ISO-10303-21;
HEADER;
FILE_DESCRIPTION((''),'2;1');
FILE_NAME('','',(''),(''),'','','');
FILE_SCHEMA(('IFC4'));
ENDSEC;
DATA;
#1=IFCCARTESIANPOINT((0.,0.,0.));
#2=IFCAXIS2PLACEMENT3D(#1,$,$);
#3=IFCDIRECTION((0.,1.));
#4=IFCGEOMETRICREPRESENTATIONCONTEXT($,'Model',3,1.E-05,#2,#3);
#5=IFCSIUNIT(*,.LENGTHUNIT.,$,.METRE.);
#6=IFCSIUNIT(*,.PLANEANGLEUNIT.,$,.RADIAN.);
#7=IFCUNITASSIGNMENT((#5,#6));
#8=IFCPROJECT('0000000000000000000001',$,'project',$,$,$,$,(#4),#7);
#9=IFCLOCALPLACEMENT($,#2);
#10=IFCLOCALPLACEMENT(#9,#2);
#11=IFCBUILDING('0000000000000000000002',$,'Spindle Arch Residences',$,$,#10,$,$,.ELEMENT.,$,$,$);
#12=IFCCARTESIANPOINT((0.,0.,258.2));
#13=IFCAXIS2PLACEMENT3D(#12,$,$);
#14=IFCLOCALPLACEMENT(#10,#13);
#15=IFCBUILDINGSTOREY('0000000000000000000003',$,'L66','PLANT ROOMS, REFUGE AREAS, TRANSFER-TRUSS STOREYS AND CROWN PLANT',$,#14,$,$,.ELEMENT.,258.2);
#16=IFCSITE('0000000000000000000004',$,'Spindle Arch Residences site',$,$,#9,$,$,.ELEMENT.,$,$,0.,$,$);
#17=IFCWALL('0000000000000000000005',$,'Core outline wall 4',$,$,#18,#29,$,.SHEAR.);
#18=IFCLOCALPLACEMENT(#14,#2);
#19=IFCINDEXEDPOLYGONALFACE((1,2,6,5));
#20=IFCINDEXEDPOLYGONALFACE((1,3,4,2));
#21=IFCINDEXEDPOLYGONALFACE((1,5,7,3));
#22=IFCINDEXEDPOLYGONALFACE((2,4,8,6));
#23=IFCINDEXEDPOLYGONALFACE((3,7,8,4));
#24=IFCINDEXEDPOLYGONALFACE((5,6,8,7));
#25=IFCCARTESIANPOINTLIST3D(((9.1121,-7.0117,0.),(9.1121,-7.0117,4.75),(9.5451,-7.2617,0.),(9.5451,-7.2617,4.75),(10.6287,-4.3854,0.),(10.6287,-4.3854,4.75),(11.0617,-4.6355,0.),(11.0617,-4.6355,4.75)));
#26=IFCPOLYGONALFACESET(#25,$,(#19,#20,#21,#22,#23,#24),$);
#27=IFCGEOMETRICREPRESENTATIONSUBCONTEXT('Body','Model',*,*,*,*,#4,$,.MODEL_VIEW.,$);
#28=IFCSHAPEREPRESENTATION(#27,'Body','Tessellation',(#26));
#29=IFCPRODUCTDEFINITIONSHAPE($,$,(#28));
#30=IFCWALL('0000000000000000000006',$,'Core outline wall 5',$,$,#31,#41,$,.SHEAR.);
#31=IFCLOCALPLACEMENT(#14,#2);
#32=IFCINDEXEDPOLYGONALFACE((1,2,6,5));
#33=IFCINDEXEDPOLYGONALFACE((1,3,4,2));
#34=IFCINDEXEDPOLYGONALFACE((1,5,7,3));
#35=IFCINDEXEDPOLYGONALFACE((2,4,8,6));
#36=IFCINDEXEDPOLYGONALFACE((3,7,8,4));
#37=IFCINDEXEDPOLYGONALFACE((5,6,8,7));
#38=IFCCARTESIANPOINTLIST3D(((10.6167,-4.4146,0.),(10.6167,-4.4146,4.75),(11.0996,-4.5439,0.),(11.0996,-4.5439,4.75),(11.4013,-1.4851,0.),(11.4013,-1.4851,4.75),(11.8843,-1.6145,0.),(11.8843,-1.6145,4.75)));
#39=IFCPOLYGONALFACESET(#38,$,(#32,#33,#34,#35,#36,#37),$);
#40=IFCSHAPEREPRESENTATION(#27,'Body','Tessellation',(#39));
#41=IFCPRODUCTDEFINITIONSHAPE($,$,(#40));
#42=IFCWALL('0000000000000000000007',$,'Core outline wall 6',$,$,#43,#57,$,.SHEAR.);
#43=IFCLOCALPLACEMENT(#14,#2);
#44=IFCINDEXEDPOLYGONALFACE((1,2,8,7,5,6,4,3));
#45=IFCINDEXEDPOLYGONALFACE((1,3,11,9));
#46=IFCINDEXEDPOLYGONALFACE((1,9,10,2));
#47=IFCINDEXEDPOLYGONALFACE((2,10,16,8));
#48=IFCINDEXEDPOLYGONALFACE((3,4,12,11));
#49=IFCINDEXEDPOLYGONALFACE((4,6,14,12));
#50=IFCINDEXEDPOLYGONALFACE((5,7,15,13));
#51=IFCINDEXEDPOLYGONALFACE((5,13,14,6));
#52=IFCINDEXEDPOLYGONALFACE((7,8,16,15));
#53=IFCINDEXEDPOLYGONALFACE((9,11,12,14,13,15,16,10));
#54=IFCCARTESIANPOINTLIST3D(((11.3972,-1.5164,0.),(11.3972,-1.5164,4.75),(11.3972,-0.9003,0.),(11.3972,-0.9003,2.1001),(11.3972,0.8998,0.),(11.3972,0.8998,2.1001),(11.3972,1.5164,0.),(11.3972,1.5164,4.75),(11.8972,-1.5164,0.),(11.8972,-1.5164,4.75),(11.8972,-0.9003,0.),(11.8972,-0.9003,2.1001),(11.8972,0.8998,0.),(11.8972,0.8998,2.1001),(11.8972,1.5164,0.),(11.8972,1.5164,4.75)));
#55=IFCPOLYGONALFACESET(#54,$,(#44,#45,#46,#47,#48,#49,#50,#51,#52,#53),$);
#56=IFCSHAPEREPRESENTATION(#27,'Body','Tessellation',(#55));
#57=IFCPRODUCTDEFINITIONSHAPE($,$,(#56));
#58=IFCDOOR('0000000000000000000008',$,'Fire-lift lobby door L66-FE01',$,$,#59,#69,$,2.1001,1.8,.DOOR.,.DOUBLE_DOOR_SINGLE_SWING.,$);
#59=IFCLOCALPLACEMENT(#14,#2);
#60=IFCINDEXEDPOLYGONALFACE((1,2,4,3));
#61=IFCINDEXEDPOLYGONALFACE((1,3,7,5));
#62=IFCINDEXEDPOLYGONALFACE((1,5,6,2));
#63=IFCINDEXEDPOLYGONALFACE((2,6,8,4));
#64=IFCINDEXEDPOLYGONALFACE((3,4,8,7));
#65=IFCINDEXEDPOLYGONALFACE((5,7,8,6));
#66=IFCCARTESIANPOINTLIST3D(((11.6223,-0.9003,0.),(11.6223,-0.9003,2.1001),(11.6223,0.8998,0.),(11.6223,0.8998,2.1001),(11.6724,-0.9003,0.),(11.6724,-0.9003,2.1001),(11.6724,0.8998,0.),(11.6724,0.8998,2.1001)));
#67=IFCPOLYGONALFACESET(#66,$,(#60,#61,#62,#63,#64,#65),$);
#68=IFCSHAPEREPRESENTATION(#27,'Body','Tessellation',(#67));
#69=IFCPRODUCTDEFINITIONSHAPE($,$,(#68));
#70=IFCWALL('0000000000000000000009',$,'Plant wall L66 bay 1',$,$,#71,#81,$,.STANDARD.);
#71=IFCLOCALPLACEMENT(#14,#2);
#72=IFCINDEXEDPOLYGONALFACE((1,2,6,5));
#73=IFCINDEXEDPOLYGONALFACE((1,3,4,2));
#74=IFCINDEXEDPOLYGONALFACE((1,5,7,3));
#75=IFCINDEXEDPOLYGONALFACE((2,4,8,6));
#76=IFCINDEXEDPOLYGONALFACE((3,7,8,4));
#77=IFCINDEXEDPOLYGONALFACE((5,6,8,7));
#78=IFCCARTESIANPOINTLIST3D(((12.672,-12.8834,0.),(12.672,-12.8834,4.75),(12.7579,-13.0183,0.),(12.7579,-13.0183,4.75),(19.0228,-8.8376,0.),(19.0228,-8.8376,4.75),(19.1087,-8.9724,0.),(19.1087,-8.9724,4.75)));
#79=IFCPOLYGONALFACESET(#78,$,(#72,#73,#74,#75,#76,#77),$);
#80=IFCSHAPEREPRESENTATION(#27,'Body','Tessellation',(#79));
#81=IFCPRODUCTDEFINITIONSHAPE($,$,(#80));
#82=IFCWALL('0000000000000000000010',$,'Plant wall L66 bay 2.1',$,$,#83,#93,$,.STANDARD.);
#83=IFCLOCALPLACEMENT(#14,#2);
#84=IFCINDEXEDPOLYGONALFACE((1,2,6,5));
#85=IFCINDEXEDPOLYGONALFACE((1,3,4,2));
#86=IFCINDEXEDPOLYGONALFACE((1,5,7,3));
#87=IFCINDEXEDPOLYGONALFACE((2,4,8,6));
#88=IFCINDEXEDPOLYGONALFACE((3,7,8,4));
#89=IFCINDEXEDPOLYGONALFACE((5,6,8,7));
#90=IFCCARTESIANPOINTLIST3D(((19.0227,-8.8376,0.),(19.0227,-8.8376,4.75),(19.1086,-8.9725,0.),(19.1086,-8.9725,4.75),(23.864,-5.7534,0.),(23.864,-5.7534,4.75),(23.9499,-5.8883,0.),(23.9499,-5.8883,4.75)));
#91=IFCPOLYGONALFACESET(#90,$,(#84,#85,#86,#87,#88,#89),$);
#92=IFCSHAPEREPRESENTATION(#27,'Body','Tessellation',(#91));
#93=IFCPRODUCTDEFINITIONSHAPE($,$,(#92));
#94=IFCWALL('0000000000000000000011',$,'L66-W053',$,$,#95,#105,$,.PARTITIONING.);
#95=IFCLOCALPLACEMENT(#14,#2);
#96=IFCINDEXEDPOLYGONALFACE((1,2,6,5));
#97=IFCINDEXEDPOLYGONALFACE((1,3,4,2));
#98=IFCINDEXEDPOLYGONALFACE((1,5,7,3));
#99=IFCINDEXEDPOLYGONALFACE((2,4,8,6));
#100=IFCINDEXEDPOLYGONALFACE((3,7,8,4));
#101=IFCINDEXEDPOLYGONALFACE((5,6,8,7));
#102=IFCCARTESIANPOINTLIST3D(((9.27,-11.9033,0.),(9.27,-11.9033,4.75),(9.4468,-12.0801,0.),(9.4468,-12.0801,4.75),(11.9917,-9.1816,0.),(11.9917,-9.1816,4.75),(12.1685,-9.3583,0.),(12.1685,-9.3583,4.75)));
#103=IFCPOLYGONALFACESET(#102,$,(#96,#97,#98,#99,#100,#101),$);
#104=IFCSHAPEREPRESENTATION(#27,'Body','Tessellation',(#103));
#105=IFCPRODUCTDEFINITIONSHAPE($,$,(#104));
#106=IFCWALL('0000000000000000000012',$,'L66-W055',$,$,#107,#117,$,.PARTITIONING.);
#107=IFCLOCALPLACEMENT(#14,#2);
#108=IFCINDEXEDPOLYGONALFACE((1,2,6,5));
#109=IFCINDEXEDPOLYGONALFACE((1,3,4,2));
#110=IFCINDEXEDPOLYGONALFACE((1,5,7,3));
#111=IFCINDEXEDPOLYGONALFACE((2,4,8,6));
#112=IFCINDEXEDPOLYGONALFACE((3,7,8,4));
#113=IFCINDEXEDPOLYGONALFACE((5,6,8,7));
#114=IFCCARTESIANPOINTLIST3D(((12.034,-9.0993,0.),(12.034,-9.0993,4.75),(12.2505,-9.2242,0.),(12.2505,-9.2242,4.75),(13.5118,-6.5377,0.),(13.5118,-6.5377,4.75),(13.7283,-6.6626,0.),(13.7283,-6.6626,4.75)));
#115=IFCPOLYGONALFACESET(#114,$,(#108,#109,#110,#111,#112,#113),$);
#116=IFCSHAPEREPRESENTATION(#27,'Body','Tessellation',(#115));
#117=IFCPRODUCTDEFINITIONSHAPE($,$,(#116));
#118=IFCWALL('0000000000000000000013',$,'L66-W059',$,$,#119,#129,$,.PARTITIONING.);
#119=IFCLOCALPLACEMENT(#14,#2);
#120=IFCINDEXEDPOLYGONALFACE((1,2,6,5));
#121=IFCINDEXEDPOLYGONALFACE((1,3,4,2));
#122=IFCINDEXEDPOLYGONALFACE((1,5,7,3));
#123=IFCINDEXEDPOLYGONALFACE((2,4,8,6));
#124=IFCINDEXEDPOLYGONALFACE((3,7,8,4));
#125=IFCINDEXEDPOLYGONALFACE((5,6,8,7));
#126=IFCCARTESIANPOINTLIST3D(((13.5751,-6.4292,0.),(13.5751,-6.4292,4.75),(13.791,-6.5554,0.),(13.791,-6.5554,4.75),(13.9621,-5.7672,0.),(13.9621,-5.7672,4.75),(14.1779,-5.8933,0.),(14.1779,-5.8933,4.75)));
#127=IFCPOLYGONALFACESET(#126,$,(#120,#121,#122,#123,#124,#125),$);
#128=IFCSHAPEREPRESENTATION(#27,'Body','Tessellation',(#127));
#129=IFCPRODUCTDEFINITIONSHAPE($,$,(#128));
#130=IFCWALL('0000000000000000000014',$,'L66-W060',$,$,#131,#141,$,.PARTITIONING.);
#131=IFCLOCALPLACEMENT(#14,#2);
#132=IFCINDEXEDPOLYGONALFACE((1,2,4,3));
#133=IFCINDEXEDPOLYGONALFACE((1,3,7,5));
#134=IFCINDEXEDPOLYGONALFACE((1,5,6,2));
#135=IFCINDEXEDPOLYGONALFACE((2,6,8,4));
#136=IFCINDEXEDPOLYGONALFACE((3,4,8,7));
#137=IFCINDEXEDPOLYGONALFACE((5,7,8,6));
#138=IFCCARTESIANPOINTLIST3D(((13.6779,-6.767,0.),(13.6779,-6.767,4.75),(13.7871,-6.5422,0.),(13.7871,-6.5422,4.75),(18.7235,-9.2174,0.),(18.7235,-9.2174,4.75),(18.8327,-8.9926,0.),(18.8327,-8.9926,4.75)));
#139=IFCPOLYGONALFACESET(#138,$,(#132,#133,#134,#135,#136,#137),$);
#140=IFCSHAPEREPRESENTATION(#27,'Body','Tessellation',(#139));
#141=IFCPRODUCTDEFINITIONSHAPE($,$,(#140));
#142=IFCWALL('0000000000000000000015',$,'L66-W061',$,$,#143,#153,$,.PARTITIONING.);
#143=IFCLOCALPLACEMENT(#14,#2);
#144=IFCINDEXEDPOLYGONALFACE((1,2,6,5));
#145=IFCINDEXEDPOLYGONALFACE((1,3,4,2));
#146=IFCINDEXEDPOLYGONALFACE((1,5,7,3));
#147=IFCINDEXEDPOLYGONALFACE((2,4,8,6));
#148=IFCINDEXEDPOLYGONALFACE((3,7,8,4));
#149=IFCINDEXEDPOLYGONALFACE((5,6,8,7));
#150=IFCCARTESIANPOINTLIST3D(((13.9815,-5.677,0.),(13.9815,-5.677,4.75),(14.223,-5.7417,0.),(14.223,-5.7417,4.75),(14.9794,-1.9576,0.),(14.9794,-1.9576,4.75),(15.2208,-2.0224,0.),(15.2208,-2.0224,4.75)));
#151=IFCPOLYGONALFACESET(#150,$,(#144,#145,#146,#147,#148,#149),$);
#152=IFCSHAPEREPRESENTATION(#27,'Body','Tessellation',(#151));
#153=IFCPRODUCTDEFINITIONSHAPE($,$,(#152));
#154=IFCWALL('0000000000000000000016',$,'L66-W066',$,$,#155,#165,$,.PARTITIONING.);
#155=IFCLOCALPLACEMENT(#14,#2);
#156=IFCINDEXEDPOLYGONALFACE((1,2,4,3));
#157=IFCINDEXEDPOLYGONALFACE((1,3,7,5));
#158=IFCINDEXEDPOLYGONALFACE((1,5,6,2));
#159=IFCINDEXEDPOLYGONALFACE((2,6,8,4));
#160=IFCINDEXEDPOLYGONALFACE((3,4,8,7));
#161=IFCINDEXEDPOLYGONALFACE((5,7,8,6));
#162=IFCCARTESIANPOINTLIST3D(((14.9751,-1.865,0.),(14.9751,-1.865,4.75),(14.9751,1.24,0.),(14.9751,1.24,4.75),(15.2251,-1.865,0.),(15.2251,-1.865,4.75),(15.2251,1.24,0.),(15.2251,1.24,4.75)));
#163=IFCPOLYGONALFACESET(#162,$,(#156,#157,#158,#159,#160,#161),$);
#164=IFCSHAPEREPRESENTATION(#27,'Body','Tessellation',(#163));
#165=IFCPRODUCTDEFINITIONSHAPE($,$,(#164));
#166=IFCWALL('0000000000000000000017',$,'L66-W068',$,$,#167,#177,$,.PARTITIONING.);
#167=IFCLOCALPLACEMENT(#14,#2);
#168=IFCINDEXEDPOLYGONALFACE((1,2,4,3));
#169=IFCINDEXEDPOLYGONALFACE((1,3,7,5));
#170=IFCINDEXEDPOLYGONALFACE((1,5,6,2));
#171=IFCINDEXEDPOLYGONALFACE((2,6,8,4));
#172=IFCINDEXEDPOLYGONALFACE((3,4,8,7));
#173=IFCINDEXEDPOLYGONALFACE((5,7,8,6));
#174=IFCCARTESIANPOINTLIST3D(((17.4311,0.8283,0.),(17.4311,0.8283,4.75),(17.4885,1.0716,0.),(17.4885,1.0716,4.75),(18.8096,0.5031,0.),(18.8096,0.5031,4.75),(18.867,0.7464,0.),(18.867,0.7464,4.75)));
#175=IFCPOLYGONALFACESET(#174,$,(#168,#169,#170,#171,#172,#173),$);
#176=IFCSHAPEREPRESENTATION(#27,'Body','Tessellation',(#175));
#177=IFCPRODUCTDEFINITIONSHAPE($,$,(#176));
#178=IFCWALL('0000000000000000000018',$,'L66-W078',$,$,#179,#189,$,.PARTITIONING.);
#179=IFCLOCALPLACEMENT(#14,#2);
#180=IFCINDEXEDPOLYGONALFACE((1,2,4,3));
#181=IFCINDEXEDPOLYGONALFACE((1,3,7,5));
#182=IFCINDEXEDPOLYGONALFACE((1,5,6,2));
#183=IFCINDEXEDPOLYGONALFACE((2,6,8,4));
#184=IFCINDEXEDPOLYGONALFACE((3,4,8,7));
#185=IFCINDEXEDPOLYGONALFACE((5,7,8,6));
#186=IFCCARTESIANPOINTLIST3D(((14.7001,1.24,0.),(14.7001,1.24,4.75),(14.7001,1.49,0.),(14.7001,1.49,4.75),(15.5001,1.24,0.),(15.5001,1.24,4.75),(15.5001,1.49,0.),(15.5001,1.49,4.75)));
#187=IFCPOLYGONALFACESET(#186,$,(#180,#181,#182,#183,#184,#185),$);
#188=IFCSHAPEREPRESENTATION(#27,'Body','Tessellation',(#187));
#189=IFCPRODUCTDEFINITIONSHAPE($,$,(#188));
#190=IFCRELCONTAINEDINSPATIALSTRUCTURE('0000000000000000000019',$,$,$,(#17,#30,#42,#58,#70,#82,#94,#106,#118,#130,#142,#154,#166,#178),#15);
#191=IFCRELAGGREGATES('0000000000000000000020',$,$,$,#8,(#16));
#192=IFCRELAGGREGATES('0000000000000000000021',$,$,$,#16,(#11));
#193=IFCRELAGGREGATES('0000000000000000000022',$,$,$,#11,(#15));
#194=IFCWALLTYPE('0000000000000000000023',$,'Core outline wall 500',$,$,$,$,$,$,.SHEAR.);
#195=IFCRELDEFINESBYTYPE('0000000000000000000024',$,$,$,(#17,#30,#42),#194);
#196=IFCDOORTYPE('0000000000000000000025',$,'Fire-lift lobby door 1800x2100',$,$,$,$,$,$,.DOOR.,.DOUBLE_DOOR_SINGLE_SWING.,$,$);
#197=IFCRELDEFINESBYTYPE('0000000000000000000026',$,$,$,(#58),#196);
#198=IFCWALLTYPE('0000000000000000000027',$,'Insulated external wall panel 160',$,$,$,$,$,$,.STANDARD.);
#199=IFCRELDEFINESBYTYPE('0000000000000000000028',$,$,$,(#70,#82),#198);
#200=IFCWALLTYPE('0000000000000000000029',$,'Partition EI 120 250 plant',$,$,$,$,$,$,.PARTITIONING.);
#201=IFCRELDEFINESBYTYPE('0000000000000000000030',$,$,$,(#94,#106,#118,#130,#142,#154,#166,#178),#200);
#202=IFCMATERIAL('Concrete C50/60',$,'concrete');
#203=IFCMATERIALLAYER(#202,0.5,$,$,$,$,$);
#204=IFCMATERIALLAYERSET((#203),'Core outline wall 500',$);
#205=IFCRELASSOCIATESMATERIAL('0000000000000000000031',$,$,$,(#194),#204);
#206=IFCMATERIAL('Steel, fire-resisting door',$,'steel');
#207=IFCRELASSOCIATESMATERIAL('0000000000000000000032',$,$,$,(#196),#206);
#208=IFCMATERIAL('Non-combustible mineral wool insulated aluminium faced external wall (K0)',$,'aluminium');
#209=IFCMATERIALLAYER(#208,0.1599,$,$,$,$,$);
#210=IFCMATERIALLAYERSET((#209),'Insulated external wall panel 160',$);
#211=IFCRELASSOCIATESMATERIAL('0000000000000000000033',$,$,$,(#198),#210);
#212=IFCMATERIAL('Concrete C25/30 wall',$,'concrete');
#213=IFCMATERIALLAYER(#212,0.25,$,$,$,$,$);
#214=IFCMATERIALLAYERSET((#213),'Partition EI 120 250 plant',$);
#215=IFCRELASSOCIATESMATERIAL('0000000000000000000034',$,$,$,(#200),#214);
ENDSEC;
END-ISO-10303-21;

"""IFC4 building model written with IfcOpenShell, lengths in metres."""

from ifc_helpers import new_model, si_unit, direction, frame, frame_2d, origin, place, context, subcontext, project, spatial, rectangle, extrude, material, layer, layer_set, type_object, element, fill, save


model = new_model("IFC4")

# Units and contexts
model_context = context("Model", 3, precision=1e-05, world=origin(), true_north=direction((0.0, 1.0)))
body_context = subcontext(model_context, "Body", "Model", "MODEL_VIEW")
ifc_project = project(units=[si_unit("LENGTHUNIT", "METRE"), si_unit("PLANEANGLEUNIT", "RADIAN")], contexts=[model_context])

# Site, building, storey
site_placement = place(None, origin())
site = spatial("IfcSite", under=ifc_project, at=site_placement, Name="Spindle Arch Residences site", CompositionType="ELEMENT", RefElevation=0.0)
building_placement = place(site_placement, origin())
building = spatial("IfcBuilding", under=site, at=building_placement, Name="Spindle Arch Residences", CompositionType="ELEMENT")
storey_placement = place(building_placement, frame((0.0, 0.0, 258.2)))
storey = spatial("IfcBuildingStorey", under=building, at=storey_placement, Name="L66", Description="PLANT ROOMS, REFUGE AREAS, TRANSFER-TRUSS STOREYS AND CROWN PLANT", CompositionType="ELEMENT", Elevation=258.2)

# Walls
ifc_material_1 = material(Name="Concrete C50/60", Category="concrete")
ifc_layer_1 = layer(ifc_material_1, 0.5)
ifc_layer_set_1 = layer_set([ifc_layer_1], Name="Core outline wall 500")
wall_type_1 = type_object("IfcWallType", Name="Core outline wall 500", PredefinedType="SHEAR", material=ifc_layer_set_1)
for number, where, z_axis, x_axis, name in (
    (1, (9.3286, -7.1367, 0.0), (0.0, 0.0, 1.0), (0.500087, 0.865975, 0.0), "Core outline wall 4"),
    (2, (10.8582, -4.4792, 0.0), (0.0, 0.0, 1.0), (0.258735, 0.965948, 0.0), "Core outline wall 5"),
):
    element("IfcWall", number, at=place(storey_placement, frame(where, z_axis=z_axis, x_axis=x_axis)), inside=storey, type_object=wall_type_1, Name=name, PredefinedType="SHEAR", context=body_context, shape_type="SweptSolid", body=[
        extrude(rectangle(XDim=3.0327, YDim=0.5, at=frame_2d((1.5164, 0.0))), origin(), (0.0, 0.0, 1.0), 4.75),
    ])

# Wall, opening, door
wall_1_placement = place(storey_placement, frame((11.6472, -1.5164, 0.0), z_axis=(0.0, 0.0, 1.0), x_axis=(0.0, 1.0, 0.0)))
wall_1 = element("IfcWall", 3, at=wall_1_placement, inside=storey, type_object=wall_type_1, Name="Core outline wall 6", PredefinedType="SHEAR", context=body_context, shape_type="SweptSolid", body=[
    extrude(rectangle(XDim=3.0327, YDim=0.5, at=frame_2d((1.5164, 0.0))), origin(), (0.0, 0.0, 1.0), 4.75),
])
opening_placement = place(wall_1_placement, frame((0.6162, 0.0, 0.0)))
opening = element("IfcOpeningElement", 4, at=opening_placement, cuts=wall_1, PredefinedType="OPENING", context=body_context, shape_type="SweptSolid", body=[
    extrude(rectangle(XDim=1.8, YDim=2.1001, at=frame_2d((0.8999, 1.05))), frame((0.0, 0.26, 0.0), z_axis=(0.0, -1.0, 0.0), x_axis=(1.0, 0.0, 0.0)), (0.0, 0.0, 1.0), 0.52),
])
ifc_material_2 = material(Name="Steel, fire-resisting door", Category="steel")
door_type = type_object("IfcDoorType", Name="Fire-lift lobby door 1800x2100", OperationType="DOUBLE_DOOR_SINGLE_SWING", PredefinedType="DOOR", material=ifc_material_2)
door_placement = place(opening_placement, origin())
door = element("IfcDoor", 5, at=door_placement, inside=storey, type_object=door_type, Name="Fire-lift lobby door L66-FE01", OperationType="DOUBLE_DOOR_SINGLE_SWING", OverallHeight=2.1001, OverallWidth=1.8, PredefinedType="DOOR", context=body_context, shape_type="SweptSolid", body=[
    extrude(rectangle(XDim=1.8, YDim=2.1001, at=frame_2d((0.8999, 1.05))), frame((0.0, 0.0249, 0.0), z_axis=(0.0, -1.0, 0.0), x_axis=(1.0, 0.0, 0.0)), (0.0, 0.0, 1.0), 0.05),
])
fill(opening, door)

# Walls
ifc_material_3 = material(Name="Non-combustible mineral wool insulated aluminium faced external wall (K0)", Category="aluminium")
ifc_layer_2 = layer(ifc_material_3, 0.1599)
ifc_layer_set_2 = layer_set([ifc_layer_2], Name="Insulated external wall panel 160")
wall_type_2 = type_object("IfcWallType", Name="Insulated external wall panel 160", PredefinedType="STANDARD", material=ifc_layer_set_2)
wall_2_placement = place(storey_placement, frame((12.7148, -12.9509, 0.0), z_axis=(0.0, 0.0, 1.0), x_axis=(0.843393, 0.537297, 0.0)))
element("IfcWall", 6, at=wall_2_placement, inside=storey, type_object=wall_type_2, Name="Plant wall L66 bay 1", PredefinedType="STANDARD", context=body_context, shape_type="SweptSolid", body=[
    extrude(rectangle(XDim=7.53, YDim=0.1599, at=frame_2d((3.7651, 0.0))), origin(), (0.0, 0.0, 1.0), 4.75),
])
wall_3_placement = place(storey_placement, frame((19.0657, -8.905, 0.0), z_axis=(0.0, 0.0, 1.0), x_axis=(0.843393, 0.537296, 0.0)))
element("IfcWall", 7, at=wall_3_placement, inside=storey, type_object=wall_type_2, Name="Plant wall L66 bay 2.1", PredefinedType="STANDARD", context=body_context, shape_type="SweptSolid", body=[
    extrude(rectangle(XDim=5.7402, YDim=0.1599, at=frame_2d((2.8701, 0.0))), origin(), (0.0, 0.0, 1.0), 4.75),
])
ifc_material_4 = material(Name="Concrete C25/30 wall", Category="concrete")
ifc_layer_3 = layer(ifc_material_4, 0.25)
ifc_layer_set_3 = layer_set([ifc_layer_3], Name="Partition EI 120 250 plant")
wall_type_3 = type_object("IfcWallType", Name="Partition EI 120 250 plant", PredefinedType="PARTITIONING", material=ifc_layer_set_3)
wall_4_placement = place(storey_placement, frame((9.3584, -11.9917, 0.0), z_axis=(0.0, 0.0, 1.0), x_axis=(0.707107, 0.707107, 0.0)))
element("IfcWall", 8, at=wall_4_placement, inside=storey, type_object=wall_type_3, Name="L66-W053", PredefinedType="PARTITIONING", context=body_context, shape_type="SweptSolid", body=[
    extrude(rectangle(XDim=3.8491, YDim=0.25, at=frame_2d((1.9246, 0.0))), origin(), (0.0, 0.0, 1.0), 4.75),
])
wall_5_placement = place(storey_placement, frame((12.1423, -9.1616, 0.0), z_axis=(0.0, 0.0, 1.0), x_axis=(0.499718, 0.866188, 0.0)))
element("IfcWall", 9, at=wall_5_placement, inside=storey, type_object=wall_type_3, Name="L66-W055", PredefinedType="PARTITIONING", context=body_context, shape_type="SweptSolid", body=[
    extrude(rectangle(XDim=2.9573, YDim=0.25, at=frame_2d((1.4785, 0.0))), origin(), (0.0, 0.0, 1.0), 4.75),
])
wall_6_placement = place(storey_placement, frame((13.6831, -6.4922, 0.0), z_axis=(0.0, 0.0, 1.0), x_axis=(0.504583, 0.863363, 0.0)))
element("IfcWall", 10, at=wall_6_placement, inside=storey, type_object=wall_type_3, Name="L66-W059", PredefinedType="PARTITIONING", context=body_context, shape_type="SweptSolid", body=[
    extrude(rectangle(XDim=0.7668, YDim=0.25, at=frame_2d((0.3833, 0.0))), origin(), (0.0, 0.0, 1.0), 4.75),
])
wall_7_placement = place(storey_placement, frame((13.7324, -6.6545, 0.0), z_axis=(0.0, 0.0, 1.0), x_axis=(0.89953, -0.43686, 0.0)))
element("IfcWall", 11, at=wall_7_placement, inside=storey, type_object=wall_type_3, Name="L66-W060", PredefinedType="PARTITIONING", context=body_context, shape_type="SweptSolid", body=[
    extrude(rectangle(XDim=5.6091, YDim=0.25, at=frame_2d((2.8047, 0.0))), origin(), (0.0, 0.0, 1.0), 4.75),
])
wall_8_placement = place(storey_placement, frame((14.1023, -5.7092, 0.0), z_axis=(0.0, 0.0, 1.0), x_axis=(0.259118, 0.965846, 0.0)))
element("IfcWall", 12, at=wall_8_placement, inside=storey, type_object=wall_type_3, Name="L66-W061", PredefinedType="PARTITIONING", context=body_context, shape_type="SweptSolid", body=[
    extrude(rectangle(XDim=3.8508, YDim=0.25, at=frame_2d((1.9253, 0.0))), origin(), (0.0, 0.0, 1.0), 4.75),
])
wall_9_placement = place(storey_placement, frame((15.1001, -1.865, 0.0), z_axis=(0.0, 0.0, 1.0), x_axis=(0.0, 1.0, 0.0)))
element("IfcWall", 13, at=wall_9_placement, inside=storey, type_object=wall_type_3, Name="L66-W066", PredefinedType="PARTITIONING", context=body_context, shape_type="SweptSolid", body=[
    extrude(rectangle(XDim=3.105, YDim=0.25, at=frame_2d((1.5525, 0.0))), origin(), (0.0, 0.0, 1.0), 4.75),
])
wall_10_placement = place(storey_placement, frame((17.46, 0.95, 0.0), z_axis=(0.0, 0.0, 1.0), x_axis=(0.973281, -0.229616, 0.0)))
element("IfcWall", 14, at=wall_10_placement, inside=storey, type_object=wall_type_3, Name="L66-W068", PredefinedType="PARTITIONING", context=body_context, shape_type="SweptSolid", body=[
    extrude(rectangle(XDim=1.4163, YDim=0.25, at=frame_2d((0.708, 0.0))), origin(), (0.0, 0.0, 1.0), 4.75),
])
wall_11_placement = place(storey_placement, frame((15.5, 1.365, 0.0), z_axis=(0.0, 0.0, 1.0), x_axis=(-1.0, 0.0, 0.0)))
element("IfcWall", 15, at=wall_11_placement, inside=storey, type_object=wall_type_3, Name="L66-W078", PredefinedType="PARTITIONING", context=body_context, shape_type="SweptSolid", body=[
    extrude(rectangle(XDim=0.8, YDim=0.25, at=frame_2d((0.3999, 0.0))), origin(), (0.0, 0.0, 1.0), 4.75),
])

save(model, "model.ifc")
